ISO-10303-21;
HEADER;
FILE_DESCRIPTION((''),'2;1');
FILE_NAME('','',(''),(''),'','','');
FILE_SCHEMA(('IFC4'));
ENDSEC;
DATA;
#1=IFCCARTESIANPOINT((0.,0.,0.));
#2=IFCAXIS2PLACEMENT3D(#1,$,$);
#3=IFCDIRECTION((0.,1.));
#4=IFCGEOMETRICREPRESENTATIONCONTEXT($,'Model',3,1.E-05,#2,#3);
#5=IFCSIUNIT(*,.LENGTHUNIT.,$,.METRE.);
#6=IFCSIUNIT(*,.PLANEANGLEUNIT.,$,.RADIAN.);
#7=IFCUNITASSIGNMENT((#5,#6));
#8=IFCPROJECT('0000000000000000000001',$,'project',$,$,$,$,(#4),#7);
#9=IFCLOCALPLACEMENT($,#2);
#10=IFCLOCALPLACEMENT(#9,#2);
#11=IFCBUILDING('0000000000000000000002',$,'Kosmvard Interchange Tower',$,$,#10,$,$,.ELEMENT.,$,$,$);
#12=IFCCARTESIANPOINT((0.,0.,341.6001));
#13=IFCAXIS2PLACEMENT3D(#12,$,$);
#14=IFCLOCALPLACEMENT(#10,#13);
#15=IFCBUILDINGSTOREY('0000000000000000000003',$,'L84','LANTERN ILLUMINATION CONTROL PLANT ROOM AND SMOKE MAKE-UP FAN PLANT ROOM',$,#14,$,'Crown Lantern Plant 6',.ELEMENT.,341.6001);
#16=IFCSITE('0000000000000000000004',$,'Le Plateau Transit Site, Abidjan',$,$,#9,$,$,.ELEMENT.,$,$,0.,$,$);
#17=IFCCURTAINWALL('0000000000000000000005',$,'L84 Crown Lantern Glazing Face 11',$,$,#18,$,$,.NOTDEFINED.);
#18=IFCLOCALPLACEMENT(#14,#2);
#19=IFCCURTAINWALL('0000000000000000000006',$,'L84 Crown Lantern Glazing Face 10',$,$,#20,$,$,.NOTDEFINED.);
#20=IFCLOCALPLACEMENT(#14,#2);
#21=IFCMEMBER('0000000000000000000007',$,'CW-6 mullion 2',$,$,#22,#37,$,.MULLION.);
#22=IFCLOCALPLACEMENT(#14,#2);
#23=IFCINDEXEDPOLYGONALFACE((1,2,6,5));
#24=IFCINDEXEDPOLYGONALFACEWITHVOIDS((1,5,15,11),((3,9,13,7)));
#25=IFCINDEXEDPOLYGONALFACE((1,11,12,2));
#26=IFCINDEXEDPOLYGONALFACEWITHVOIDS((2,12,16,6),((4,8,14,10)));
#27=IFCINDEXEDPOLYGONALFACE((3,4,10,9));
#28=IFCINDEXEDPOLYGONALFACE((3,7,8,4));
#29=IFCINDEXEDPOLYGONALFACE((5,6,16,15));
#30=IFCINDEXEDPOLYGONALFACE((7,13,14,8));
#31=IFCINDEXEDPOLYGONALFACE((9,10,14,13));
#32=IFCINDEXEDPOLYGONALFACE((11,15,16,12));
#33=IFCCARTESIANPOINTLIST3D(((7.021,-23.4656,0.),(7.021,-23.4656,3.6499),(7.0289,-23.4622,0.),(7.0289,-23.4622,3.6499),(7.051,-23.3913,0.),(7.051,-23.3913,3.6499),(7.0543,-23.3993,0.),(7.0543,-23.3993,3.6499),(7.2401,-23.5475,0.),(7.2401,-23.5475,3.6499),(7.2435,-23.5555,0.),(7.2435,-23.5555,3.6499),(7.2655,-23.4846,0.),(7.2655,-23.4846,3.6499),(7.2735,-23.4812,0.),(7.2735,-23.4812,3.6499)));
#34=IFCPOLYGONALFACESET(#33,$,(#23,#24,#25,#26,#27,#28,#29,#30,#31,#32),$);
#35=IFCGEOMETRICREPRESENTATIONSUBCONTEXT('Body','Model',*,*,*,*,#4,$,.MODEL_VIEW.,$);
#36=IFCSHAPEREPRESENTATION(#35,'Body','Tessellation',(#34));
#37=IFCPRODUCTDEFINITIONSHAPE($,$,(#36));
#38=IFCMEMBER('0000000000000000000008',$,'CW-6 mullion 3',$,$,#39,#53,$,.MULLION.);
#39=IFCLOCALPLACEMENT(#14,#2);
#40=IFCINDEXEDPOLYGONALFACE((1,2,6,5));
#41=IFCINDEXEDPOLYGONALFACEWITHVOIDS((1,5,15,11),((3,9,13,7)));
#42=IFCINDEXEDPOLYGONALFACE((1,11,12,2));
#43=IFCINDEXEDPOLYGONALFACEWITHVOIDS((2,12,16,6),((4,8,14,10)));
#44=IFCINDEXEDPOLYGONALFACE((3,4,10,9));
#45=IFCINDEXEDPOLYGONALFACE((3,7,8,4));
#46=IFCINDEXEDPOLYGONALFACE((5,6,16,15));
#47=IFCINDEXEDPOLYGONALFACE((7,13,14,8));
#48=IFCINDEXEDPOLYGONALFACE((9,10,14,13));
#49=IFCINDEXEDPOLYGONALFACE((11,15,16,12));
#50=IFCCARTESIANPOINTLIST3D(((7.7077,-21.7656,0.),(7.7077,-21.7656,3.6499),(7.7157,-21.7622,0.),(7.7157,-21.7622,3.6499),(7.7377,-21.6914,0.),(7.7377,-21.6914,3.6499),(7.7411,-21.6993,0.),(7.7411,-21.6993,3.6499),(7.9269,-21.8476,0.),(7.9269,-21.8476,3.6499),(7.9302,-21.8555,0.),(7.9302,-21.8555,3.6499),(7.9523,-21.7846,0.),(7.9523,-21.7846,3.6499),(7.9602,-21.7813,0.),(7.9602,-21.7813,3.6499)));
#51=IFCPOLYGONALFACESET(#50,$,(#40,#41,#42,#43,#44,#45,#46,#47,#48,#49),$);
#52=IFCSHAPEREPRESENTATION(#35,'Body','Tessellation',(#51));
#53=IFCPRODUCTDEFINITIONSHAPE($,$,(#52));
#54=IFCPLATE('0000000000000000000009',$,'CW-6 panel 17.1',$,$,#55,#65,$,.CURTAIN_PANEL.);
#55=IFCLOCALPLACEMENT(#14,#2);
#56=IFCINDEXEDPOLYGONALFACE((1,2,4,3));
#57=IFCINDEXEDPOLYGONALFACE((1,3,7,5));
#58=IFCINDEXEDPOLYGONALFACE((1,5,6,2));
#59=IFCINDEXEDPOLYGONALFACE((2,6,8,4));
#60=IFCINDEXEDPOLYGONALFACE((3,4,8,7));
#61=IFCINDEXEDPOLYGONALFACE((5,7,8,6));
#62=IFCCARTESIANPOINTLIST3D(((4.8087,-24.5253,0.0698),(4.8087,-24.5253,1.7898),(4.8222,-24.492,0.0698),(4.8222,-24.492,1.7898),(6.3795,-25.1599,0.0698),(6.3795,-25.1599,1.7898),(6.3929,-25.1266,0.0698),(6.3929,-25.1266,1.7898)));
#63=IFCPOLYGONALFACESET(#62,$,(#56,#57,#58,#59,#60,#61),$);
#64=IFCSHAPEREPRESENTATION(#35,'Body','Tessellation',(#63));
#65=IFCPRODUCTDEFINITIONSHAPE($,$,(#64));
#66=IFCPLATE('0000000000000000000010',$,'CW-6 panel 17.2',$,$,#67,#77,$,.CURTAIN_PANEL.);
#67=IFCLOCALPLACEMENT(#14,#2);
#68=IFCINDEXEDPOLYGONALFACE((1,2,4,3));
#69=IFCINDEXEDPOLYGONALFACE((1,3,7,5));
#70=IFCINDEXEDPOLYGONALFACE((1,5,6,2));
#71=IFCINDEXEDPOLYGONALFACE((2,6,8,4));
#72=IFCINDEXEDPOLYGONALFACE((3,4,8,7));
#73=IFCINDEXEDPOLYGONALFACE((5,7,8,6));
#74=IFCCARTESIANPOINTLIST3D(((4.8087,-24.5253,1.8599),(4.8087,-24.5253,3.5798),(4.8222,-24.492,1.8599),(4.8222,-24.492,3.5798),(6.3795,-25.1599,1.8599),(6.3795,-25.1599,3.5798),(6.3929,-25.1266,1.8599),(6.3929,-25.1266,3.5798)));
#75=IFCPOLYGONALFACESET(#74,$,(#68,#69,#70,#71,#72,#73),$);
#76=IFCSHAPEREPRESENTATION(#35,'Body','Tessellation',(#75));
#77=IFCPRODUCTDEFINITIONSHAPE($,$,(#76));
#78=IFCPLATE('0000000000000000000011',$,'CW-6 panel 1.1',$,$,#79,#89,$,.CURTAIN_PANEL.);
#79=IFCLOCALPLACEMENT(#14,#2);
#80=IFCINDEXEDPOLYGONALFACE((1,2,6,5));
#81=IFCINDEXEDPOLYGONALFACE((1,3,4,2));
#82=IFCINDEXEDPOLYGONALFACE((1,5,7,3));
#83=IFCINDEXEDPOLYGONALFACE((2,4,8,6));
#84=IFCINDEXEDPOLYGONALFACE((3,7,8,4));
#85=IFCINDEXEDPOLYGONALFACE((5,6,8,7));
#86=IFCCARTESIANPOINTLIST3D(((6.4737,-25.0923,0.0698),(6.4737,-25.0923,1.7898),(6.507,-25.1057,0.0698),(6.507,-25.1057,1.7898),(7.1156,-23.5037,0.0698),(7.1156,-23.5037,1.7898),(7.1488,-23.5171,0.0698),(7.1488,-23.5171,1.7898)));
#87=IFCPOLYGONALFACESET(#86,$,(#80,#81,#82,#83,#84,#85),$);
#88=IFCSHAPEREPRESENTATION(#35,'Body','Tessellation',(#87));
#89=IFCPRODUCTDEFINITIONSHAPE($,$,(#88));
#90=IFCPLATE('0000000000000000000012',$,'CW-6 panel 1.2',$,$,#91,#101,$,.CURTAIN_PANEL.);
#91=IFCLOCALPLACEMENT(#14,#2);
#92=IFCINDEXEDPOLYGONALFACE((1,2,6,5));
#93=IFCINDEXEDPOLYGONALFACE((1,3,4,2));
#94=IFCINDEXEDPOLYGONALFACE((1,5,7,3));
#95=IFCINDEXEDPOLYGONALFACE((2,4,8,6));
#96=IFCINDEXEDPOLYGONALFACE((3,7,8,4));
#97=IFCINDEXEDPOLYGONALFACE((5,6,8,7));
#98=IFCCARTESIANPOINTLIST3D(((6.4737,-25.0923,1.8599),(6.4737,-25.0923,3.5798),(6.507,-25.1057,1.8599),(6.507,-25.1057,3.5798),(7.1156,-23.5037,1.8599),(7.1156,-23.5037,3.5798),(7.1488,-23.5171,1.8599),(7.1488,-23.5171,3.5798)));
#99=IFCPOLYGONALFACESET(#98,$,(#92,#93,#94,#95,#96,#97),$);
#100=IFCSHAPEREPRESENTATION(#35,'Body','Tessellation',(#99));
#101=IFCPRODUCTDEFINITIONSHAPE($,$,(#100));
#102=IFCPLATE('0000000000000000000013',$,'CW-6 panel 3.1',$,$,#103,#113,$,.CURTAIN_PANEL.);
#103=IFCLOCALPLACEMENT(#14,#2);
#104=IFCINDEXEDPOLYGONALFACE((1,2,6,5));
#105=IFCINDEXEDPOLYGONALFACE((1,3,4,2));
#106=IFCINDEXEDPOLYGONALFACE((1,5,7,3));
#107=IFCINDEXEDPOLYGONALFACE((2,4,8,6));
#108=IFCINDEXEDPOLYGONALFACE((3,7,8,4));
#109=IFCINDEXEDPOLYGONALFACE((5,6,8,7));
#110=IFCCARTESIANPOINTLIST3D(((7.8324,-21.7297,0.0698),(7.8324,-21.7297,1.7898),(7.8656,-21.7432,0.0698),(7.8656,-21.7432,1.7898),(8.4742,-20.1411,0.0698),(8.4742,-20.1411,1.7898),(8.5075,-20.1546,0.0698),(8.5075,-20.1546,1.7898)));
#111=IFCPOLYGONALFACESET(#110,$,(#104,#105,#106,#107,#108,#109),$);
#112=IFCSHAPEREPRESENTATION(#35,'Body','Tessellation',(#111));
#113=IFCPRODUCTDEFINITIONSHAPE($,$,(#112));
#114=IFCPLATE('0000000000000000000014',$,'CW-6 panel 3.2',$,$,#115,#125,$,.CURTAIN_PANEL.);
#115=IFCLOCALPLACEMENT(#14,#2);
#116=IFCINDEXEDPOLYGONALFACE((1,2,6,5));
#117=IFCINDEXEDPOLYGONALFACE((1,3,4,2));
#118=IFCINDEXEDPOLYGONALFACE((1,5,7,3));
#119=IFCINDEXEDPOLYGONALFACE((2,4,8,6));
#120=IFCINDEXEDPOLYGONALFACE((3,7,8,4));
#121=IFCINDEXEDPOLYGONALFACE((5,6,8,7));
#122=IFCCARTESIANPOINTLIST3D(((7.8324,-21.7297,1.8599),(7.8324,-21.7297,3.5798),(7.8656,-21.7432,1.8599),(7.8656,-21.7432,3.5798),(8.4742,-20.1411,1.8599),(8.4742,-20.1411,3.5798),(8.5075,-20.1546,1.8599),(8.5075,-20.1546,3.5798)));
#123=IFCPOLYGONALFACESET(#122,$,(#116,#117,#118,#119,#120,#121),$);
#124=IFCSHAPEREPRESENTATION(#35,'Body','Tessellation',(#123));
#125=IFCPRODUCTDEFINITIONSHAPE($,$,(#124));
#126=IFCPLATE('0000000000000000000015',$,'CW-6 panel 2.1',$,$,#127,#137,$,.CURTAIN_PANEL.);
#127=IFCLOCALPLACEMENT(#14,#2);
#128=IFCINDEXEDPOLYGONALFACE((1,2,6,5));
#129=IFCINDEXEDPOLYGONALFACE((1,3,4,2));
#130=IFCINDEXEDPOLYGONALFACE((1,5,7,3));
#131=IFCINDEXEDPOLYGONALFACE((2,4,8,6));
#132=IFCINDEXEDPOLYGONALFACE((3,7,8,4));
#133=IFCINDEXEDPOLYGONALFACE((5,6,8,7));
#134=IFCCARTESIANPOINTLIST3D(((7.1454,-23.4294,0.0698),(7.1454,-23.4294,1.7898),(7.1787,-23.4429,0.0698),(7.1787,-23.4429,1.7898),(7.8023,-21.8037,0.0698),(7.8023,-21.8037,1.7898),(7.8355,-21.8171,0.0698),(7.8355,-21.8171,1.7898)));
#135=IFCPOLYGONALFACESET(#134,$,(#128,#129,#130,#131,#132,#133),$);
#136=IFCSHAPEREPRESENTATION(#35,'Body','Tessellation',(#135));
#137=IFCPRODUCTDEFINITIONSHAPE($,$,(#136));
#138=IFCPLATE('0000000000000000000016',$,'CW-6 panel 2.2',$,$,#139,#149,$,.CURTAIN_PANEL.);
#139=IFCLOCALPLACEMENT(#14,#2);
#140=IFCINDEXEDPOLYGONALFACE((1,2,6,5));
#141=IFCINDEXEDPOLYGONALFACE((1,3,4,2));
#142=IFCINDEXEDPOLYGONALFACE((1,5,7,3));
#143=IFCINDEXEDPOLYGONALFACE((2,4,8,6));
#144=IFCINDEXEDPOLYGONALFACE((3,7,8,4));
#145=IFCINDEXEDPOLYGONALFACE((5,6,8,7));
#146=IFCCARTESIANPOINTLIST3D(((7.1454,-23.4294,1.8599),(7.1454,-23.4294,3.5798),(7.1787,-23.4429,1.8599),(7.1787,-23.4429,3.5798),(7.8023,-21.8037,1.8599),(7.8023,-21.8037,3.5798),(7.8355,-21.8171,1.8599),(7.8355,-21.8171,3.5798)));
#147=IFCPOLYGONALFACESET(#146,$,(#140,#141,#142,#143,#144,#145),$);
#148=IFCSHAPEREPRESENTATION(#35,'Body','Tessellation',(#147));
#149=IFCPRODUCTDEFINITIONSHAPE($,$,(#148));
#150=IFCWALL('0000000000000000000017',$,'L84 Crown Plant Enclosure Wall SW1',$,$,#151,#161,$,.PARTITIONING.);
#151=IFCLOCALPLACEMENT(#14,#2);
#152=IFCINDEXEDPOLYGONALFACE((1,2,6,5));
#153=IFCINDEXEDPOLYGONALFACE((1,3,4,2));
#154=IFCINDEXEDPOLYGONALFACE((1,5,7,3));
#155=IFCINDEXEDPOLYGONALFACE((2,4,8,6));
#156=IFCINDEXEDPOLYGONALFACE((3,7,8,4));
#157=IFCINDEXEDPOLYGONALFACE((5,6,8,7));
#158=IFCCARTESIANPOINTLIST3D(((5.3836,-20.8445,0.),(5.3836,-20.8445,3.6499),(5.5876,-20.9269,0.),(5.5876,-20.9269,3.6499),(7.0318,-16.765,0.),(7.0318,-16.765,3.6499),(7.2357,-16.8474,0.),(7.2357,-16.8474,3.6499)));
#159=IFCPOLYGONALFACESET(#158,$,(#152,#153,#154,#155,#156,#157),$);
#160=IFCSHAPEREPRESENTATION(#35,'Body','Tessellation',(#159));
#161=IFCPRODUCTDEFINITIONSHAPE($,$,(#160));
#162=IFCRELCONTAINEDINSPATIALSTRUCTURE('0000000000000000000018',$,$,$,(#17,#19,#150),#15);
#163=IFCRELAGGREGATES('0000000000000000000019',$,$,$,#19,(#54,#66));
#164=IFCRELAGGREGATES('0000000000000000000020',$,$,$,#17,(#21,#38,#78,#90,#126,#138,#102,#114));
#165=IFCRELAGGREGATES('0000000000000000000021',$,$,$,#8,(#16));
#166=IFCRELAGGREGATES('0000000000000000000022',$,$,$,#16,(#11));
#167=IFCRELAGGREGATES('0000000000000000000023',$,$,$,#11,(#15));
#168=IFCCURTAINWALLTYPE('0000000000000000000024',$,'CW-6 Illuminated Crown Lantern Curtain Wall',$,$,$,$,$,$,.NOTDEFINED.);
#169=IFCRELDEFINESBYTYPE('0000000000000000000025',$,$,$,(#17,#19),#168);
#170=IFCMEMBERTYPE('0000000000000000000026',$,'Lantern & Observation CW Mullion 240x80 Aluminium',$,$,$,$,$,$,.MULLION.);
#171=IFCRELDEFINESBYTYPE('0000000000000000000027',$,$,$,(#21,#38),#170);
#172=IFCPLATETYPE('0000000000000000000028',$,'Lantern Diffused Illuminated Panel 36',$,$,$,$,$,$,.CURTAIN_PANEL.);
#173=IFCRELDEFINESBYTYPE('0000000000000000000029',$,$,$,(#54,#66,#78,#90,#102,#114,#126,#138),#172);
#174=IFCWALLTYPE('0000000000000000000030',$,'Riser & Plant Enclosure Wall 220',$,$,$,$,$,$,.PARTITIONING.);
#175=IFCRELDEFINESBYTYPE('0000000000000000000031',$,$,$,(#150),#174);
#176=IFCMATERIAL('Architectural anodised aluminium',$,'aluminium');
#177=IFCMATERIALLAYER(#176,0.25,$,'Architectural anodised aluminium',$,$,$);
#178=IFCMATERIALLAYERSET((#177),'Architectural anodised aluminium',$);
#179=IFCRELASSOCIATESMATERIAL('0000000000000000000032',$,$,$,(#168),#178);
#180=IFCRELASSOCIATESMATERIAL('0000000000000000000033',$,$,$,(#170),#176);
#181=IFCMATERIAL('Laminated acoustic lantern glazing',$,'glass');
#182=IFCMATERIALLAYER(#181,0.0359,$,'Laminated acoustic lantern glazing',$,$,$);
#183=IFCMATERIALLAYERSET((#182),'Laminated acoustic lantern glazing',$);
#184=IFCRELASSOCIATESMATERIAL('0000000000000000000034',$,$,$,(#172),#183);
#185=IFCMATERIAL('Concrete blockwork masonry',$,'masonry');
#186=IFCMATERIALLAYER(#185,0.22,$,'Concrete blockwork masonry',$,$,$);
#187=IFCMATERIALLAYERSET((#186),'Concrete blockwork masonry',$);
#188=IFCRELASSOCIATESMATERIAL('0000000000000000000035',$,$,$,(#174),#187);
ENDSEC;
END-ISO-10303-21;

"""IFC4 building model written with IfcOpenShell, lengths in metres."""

from ifc_helpers import new_model, si_unit, direction, frame, frame_2d, origin, origin_2d, place, context, subcontext, project, spatial, rectangle, hollow_rectangle, extrude, source, transform, mapped, material, layer, layer_set, material_profile, profile_set, type_object, element, aggregate, save


model = new_model("IFC4")

# Units and contexts
model_context = context("Model", 3, precision=1e-05, world=origin(), true_north=direction((0.0, 1.0)))
body_context = subcontext(model_context, "Body", "Model", "MODEL_VIEW")
ifc_project = project(units=[si_unit("LENGTHUNIT", "METRE"), si_unit("PLANEANGLEUNIT", "RADIAN")], contexts=[model_context])

# Site, building, storey
site_placement = place(None, origin())
site = spatial("IfcSite", under=ifc_project, at=site_placement, Name="Le Plateau Transit Site, Abidjan", CompositionType="ELEMENT", RefElevation=0.0)
building_placement = place(site_placement, origin())
building = spatial("IfcBuilding", under=site, at=building_placement, Name="Kosmvard Interchange Tower", CompositionType="ELEMENT")
storey_placement = place(building_placement, frame((0.0, 0.0, 341.6001)))
storey = spatial("IfcBuildingStorey", under=building, at=storey_placement, Name="L84", Description="LANTERN ILLUMINATION CONTROL PLANT ROOM AND SMOKE MAKE-UP FAN PLANT ROOM", LongName="Crown Lantern Plant 6", CompositionType="ELEMENT", Elevation=341.6001)

# Curtain wall
ifc_material_1 = material(Name="Architectural anodised aluminium", Category="aluminium")
ifc_layer_1 = layer(ifc_material_1, 0.25, Name="Architectural anodised aluminium")
ifc_layer_set_1 = layer_set([ifc_layer_1], Name="Architectural anodised aluminium")
curtain_wall_type = type_object("IfcCurtainWallType", Name="CW-6 Illuminated Crown Lantern Curtain Wall", PredefinedType="NOTDEFINED", material=ifc_layer_set_1)
curtain_wall_1_placement = place(storey_placement, origin())
curtain_wall_1 = element("IfcCurtainWall", 1, at=curtain_wall_1_placement, inside=storey, type_object=curtain_wall_type, Name="L84 Crown Lantern Glazing Face 11", PredefinedType="NOTDEFINED")

# Curtain wall
curtain_wall_2_placement = place(storey_placement, origin())
curtain_wall_2 = element("IfcCurtainWall", 2, at=curtain_wall_2_placement, inside=storey, type_object=curtain_wall_type, Name="L84 Crown Lantern Glazing Face 10", PredefinedType="NOTDEFINED")
ifc_material_profile_1 = material_profile(ifc_material_1, hollow_rectangle(XDim=0.24, YDim=0.0801, WallThickness=0.0061, at=origin_2d()), Name="CWM 240x80x6")
ifc_profile_set_1 = profile_set([ifc_material_profile_1], Name="Architectural anodised aluminium")
member_type_1 = type_object("IfcMemberType", Name="Lantern & Observation CW Mullion 240x80 Aluminium", PredefinedType="MULLION", material=ifc_profile_set_1)
shared_shape_1 = source(origin(), body_context, "Body", "SweptSolid", [
    extrude(hollow_rectangle(XDim=0.24, YDim=0.0801, WallThickness=0.0061, at=origin_2d()), origin(), (0.0, 0.0, 1.0), 3.6499),
])

# Members
member_1_placement = place(storey_placement, frame((7.1472, -23.4734, 0.0), z_axis=(0.0, 0.0, 1.0), x_axis=(-0.927184, 0.374607, 0.0)))
member_1 = element("IfcMember", 3, at=member_1_placement, type_object=member_type_1, Name="CW-6 mullion 2", PredefinedType="MULLION", context=body_context, shape_type="MappedRepresentation", body=[
    mapped(shared_shape_1, transform((0.0, 0.0, 0.0), scale=1.0)),
])
member_2_placement = place(storey_placement, frame((7.834, -21.7734, 0.0), z_axis=(0.0, 0.0, 1.0), x_axis=(-0.927184, 0.374607, 0.0)))
member_2 = element("IfcMember", 4, at=member_2_placement, type_object=member_type_1, Name="CW-6 mullion 3", PredefinedType="MULLION", context=body_context, shape_type="MappedRepresentation", body=[
    mapped(shared_shape_1, transform((0.0, 0.0, 0.0), scale=1.0)),
])

# Plates
ifc_material_2 = material(Name="Laminated acoustic lantern glazing", Category="glass")
ifc_layer_2 = layer(ifc_material_2, 0.0359, Name="Laminated acoustic lantern glazing")
ifc_layer_set_2 = layer_set([ifc_layer_2], Name="Laminated acoustic lantern glazing")
plate_type = type_object("IfcPlateType", Name="Lantern Diffused Illuminated Panel 36", PredefinedType="CURTAIN_PANEL", material=ifc_layer_set_2)
shared_shape_2 = source(origin(), body_context, "Body", "SweptSolid", [
    extrude(rectangle(XDim=1.6941, YDim=0.0359, at=origin_2d()), origin(), (0.0, 0.0, 1.0), 1.72),
])
plate_1_placement = place(storey_placement, frame((5.6008, -24.8259, 0.0698), z_axis=(0.0, 0.0, 1.0), x_axis=(0.927184, -0.374607, 0.0)))
plate_1 = element("IfcPlate", 5, at=plate_1_placement, type_object=plate_type, Name="CW-6 panel 17.1", PredefinedType="CURTAIN_PANEL", context=body_context, shape_type="MappedRepresentation", body=[
    mapped(shared_shape_2, transform((0.0, 0.0, 0.0), scale=1.0)),
])
plate_2_placement = place(storey_placement, frame((5.6008, -24.8259, 1.8599), z_axis=(0.0, 0.0, 1.0), x_axis=(0.927184, -0.374607, 0.0)))
plate_2 = element("IfcPlate", 6, at=plate_2_placement, type_object=plate_type, Name="CW-6 panel 17.2", PredefinedType="CURTAIN_PANEL", context=body_context, shape_type="MappedRepresentation", body=[
    mapped(shared_shape_2, transform((0.0, 0.0, 0.0), scale=1.0)),
])
aggregate(curtain_wall_2, [plate_1, plate_2])
shared_shape_3 = source(origin(), body_context, "Body", "SweptSolid", [
    extrude(rectangle(XDim=1.7134, YDim=0.0359, at=origin_2d()), origin(), (0.0, 0.0, 1.0), 1.72),
])
plate_3_placement = place(storey_placement, frame((6.8113, -24.3047, 0.0698), z_axis=(0.0, 0.0, 1.0), x_axis=(0.374607, 0.927184, 0.0)))
plate_3 = element("IfcPlate", 7, at=plate_3_placement, type_object=plate_type, Name="CW-6 panel 1.1", PredefinedType="CURTAIN_PANEL", context=body_context, shape_type="MappedRepresentation", body=[
    mapped(shared_shape_3, transform((0.0, 0.0, 0.0), scale=1.0)),
])
plate_4_placement = place(storey_placement, frame((6.8113, -24.3047, 1.8599), z_axis=(0.0, 0.0, 1.0), x_axis=(0.374607, 0.927184, 0.0)))
plate_4 = element("IfcPlate", 8, at=plate_4_placement, type_object=plate_type, Name="CW-6 panel 1.2", PredefinedType="CURTAIN_PANEL", context=body_context, shape_type="MappedRepresentation", body=[
    mapped(shared_shape_3, transform((0.0, 0.0, 0.0), scale=1.0)),
])
plate_5_placement = place(storey_placement, frame((8.1699, -20.9421, 0.0698), z_axis=(0.0, 0.0, 1.0), x_axis=(0.374607, 0.927184, 0.0)))
plate_5 = element("IfcPlate", 9, at=plate_5_placement, type_object=plate_type, Name="CW-6 panel 3.1", PredefinedType="CURTAIN_PANEL", context=body_context, shape_type="MappedRepresentation", body=[
    mapped(shared_shape_3, transform((0.0, 0.0, 0.0), scale=1.0)),
])
plate_6_placement = place(storey_placement, frame((8.1699, -20.9421, 1.8599), z_axis=(0.0, 0.0, 1.0), x_axis=(0.374607, 0.927184, 0.0)))
plate_6 = element("IfcPlate", 10, at=plate_6_placement, type_object=plate_type, Name="CW-6 panel 3.2", PredefinedType="CURTAIN_PANEL", context=body_context, shape_type="MappedRepresentation", body=[
    mapped(shared_shape_3, transform((0.0, 0.0, 0.0), scale=1.0)),
])
shared_shape_4 = source(origin(), body_context, "Body", "SweptSolid", [
    extrude(rectangle(XDim=1.7534, YDim=0.0359, at=origin_2d()), origin(), (0.0, 0.0, 1.0), 1.72),
])
plate_7_placement = place(storey_placement, frame((7.4905, -22.6233, 0.0698), z_axis=(0.0, 0.0, 1.0), x_axis=(0.374607, 0.927184, 0.0)))
plate_7 = element("IfcPlate", 11, at=plate_7_placement, type_object=plate_type, Name="CW-6 panel 2.1", PredefinedType="CURTAIN_PANEL", context=body_context, shape_type="MappedRepresentation", body=[
    mapped(shared_shape_4, transform((0.0, 0.0, 0.0), scale=1.0)),
])
plate_8_placement = place(storey_placement, frame((7.4905, -22.6233, 1.8599), z_axis=(0.0, 0.0, 1.0), x_axis=(0.374607, 0.927184, 0.0)))
plate_8 = element("IfcPlate", 12, at=plate_8_placement, type_object=plate_type, Name="CW-6 panel 2.2", PredefinedType="CURTAIN_PANEL", context=body_context, shape_type="MappedRepresentation", body=[
    mapped(shared_shape_4, transform((0.0, 0.0, 0.0), scale=1.0)),
])
aggregate(curtain_wall_1, [member_1, member_2, plate_3, plate_4, plate_7, plate_8, plate_5, plate_6])

# Wall
ifc_material_3 = material(Name="Concrete blockwork masonry", Category="masonry")
ifc_layer_3 = layer(ifc_material_3, 0.22, Name="Concrete blockwork masonry")
ifc_layer_set_3 = layer_set([ifc_layer_3], Name="Concrete blockwork masonry")
wall_type = type_object("IfcWallType", Name="Riser & Plant Enclosure Wall 220", PredefinedType="PARTITIONING", material=ifc_layer_set_3)
wall_placement = place(storey_placement, frame((5.4856, -20.8857, 0.0), z_axis=(0.0, 0.0, 1.0), x_axis=(0.374593, 0.927189, 0.0)))
element("IfcWall", 13, at=wall_placement, inside=storey, type_object=wall_type, Name="L84 Crown Plant Enclosure Wall SW1", PredefinedType="PARTITIONING", context=body_context, shape_type="SweptSolid", body=[
    extrude(rectangle(XDim=4.3999, YDim=0.22, at=frame_2d((2.2, 0.0))), origin(), (0.0, 0.0, 1.0), 3.6499),
])

save(model, "model.ifc")
